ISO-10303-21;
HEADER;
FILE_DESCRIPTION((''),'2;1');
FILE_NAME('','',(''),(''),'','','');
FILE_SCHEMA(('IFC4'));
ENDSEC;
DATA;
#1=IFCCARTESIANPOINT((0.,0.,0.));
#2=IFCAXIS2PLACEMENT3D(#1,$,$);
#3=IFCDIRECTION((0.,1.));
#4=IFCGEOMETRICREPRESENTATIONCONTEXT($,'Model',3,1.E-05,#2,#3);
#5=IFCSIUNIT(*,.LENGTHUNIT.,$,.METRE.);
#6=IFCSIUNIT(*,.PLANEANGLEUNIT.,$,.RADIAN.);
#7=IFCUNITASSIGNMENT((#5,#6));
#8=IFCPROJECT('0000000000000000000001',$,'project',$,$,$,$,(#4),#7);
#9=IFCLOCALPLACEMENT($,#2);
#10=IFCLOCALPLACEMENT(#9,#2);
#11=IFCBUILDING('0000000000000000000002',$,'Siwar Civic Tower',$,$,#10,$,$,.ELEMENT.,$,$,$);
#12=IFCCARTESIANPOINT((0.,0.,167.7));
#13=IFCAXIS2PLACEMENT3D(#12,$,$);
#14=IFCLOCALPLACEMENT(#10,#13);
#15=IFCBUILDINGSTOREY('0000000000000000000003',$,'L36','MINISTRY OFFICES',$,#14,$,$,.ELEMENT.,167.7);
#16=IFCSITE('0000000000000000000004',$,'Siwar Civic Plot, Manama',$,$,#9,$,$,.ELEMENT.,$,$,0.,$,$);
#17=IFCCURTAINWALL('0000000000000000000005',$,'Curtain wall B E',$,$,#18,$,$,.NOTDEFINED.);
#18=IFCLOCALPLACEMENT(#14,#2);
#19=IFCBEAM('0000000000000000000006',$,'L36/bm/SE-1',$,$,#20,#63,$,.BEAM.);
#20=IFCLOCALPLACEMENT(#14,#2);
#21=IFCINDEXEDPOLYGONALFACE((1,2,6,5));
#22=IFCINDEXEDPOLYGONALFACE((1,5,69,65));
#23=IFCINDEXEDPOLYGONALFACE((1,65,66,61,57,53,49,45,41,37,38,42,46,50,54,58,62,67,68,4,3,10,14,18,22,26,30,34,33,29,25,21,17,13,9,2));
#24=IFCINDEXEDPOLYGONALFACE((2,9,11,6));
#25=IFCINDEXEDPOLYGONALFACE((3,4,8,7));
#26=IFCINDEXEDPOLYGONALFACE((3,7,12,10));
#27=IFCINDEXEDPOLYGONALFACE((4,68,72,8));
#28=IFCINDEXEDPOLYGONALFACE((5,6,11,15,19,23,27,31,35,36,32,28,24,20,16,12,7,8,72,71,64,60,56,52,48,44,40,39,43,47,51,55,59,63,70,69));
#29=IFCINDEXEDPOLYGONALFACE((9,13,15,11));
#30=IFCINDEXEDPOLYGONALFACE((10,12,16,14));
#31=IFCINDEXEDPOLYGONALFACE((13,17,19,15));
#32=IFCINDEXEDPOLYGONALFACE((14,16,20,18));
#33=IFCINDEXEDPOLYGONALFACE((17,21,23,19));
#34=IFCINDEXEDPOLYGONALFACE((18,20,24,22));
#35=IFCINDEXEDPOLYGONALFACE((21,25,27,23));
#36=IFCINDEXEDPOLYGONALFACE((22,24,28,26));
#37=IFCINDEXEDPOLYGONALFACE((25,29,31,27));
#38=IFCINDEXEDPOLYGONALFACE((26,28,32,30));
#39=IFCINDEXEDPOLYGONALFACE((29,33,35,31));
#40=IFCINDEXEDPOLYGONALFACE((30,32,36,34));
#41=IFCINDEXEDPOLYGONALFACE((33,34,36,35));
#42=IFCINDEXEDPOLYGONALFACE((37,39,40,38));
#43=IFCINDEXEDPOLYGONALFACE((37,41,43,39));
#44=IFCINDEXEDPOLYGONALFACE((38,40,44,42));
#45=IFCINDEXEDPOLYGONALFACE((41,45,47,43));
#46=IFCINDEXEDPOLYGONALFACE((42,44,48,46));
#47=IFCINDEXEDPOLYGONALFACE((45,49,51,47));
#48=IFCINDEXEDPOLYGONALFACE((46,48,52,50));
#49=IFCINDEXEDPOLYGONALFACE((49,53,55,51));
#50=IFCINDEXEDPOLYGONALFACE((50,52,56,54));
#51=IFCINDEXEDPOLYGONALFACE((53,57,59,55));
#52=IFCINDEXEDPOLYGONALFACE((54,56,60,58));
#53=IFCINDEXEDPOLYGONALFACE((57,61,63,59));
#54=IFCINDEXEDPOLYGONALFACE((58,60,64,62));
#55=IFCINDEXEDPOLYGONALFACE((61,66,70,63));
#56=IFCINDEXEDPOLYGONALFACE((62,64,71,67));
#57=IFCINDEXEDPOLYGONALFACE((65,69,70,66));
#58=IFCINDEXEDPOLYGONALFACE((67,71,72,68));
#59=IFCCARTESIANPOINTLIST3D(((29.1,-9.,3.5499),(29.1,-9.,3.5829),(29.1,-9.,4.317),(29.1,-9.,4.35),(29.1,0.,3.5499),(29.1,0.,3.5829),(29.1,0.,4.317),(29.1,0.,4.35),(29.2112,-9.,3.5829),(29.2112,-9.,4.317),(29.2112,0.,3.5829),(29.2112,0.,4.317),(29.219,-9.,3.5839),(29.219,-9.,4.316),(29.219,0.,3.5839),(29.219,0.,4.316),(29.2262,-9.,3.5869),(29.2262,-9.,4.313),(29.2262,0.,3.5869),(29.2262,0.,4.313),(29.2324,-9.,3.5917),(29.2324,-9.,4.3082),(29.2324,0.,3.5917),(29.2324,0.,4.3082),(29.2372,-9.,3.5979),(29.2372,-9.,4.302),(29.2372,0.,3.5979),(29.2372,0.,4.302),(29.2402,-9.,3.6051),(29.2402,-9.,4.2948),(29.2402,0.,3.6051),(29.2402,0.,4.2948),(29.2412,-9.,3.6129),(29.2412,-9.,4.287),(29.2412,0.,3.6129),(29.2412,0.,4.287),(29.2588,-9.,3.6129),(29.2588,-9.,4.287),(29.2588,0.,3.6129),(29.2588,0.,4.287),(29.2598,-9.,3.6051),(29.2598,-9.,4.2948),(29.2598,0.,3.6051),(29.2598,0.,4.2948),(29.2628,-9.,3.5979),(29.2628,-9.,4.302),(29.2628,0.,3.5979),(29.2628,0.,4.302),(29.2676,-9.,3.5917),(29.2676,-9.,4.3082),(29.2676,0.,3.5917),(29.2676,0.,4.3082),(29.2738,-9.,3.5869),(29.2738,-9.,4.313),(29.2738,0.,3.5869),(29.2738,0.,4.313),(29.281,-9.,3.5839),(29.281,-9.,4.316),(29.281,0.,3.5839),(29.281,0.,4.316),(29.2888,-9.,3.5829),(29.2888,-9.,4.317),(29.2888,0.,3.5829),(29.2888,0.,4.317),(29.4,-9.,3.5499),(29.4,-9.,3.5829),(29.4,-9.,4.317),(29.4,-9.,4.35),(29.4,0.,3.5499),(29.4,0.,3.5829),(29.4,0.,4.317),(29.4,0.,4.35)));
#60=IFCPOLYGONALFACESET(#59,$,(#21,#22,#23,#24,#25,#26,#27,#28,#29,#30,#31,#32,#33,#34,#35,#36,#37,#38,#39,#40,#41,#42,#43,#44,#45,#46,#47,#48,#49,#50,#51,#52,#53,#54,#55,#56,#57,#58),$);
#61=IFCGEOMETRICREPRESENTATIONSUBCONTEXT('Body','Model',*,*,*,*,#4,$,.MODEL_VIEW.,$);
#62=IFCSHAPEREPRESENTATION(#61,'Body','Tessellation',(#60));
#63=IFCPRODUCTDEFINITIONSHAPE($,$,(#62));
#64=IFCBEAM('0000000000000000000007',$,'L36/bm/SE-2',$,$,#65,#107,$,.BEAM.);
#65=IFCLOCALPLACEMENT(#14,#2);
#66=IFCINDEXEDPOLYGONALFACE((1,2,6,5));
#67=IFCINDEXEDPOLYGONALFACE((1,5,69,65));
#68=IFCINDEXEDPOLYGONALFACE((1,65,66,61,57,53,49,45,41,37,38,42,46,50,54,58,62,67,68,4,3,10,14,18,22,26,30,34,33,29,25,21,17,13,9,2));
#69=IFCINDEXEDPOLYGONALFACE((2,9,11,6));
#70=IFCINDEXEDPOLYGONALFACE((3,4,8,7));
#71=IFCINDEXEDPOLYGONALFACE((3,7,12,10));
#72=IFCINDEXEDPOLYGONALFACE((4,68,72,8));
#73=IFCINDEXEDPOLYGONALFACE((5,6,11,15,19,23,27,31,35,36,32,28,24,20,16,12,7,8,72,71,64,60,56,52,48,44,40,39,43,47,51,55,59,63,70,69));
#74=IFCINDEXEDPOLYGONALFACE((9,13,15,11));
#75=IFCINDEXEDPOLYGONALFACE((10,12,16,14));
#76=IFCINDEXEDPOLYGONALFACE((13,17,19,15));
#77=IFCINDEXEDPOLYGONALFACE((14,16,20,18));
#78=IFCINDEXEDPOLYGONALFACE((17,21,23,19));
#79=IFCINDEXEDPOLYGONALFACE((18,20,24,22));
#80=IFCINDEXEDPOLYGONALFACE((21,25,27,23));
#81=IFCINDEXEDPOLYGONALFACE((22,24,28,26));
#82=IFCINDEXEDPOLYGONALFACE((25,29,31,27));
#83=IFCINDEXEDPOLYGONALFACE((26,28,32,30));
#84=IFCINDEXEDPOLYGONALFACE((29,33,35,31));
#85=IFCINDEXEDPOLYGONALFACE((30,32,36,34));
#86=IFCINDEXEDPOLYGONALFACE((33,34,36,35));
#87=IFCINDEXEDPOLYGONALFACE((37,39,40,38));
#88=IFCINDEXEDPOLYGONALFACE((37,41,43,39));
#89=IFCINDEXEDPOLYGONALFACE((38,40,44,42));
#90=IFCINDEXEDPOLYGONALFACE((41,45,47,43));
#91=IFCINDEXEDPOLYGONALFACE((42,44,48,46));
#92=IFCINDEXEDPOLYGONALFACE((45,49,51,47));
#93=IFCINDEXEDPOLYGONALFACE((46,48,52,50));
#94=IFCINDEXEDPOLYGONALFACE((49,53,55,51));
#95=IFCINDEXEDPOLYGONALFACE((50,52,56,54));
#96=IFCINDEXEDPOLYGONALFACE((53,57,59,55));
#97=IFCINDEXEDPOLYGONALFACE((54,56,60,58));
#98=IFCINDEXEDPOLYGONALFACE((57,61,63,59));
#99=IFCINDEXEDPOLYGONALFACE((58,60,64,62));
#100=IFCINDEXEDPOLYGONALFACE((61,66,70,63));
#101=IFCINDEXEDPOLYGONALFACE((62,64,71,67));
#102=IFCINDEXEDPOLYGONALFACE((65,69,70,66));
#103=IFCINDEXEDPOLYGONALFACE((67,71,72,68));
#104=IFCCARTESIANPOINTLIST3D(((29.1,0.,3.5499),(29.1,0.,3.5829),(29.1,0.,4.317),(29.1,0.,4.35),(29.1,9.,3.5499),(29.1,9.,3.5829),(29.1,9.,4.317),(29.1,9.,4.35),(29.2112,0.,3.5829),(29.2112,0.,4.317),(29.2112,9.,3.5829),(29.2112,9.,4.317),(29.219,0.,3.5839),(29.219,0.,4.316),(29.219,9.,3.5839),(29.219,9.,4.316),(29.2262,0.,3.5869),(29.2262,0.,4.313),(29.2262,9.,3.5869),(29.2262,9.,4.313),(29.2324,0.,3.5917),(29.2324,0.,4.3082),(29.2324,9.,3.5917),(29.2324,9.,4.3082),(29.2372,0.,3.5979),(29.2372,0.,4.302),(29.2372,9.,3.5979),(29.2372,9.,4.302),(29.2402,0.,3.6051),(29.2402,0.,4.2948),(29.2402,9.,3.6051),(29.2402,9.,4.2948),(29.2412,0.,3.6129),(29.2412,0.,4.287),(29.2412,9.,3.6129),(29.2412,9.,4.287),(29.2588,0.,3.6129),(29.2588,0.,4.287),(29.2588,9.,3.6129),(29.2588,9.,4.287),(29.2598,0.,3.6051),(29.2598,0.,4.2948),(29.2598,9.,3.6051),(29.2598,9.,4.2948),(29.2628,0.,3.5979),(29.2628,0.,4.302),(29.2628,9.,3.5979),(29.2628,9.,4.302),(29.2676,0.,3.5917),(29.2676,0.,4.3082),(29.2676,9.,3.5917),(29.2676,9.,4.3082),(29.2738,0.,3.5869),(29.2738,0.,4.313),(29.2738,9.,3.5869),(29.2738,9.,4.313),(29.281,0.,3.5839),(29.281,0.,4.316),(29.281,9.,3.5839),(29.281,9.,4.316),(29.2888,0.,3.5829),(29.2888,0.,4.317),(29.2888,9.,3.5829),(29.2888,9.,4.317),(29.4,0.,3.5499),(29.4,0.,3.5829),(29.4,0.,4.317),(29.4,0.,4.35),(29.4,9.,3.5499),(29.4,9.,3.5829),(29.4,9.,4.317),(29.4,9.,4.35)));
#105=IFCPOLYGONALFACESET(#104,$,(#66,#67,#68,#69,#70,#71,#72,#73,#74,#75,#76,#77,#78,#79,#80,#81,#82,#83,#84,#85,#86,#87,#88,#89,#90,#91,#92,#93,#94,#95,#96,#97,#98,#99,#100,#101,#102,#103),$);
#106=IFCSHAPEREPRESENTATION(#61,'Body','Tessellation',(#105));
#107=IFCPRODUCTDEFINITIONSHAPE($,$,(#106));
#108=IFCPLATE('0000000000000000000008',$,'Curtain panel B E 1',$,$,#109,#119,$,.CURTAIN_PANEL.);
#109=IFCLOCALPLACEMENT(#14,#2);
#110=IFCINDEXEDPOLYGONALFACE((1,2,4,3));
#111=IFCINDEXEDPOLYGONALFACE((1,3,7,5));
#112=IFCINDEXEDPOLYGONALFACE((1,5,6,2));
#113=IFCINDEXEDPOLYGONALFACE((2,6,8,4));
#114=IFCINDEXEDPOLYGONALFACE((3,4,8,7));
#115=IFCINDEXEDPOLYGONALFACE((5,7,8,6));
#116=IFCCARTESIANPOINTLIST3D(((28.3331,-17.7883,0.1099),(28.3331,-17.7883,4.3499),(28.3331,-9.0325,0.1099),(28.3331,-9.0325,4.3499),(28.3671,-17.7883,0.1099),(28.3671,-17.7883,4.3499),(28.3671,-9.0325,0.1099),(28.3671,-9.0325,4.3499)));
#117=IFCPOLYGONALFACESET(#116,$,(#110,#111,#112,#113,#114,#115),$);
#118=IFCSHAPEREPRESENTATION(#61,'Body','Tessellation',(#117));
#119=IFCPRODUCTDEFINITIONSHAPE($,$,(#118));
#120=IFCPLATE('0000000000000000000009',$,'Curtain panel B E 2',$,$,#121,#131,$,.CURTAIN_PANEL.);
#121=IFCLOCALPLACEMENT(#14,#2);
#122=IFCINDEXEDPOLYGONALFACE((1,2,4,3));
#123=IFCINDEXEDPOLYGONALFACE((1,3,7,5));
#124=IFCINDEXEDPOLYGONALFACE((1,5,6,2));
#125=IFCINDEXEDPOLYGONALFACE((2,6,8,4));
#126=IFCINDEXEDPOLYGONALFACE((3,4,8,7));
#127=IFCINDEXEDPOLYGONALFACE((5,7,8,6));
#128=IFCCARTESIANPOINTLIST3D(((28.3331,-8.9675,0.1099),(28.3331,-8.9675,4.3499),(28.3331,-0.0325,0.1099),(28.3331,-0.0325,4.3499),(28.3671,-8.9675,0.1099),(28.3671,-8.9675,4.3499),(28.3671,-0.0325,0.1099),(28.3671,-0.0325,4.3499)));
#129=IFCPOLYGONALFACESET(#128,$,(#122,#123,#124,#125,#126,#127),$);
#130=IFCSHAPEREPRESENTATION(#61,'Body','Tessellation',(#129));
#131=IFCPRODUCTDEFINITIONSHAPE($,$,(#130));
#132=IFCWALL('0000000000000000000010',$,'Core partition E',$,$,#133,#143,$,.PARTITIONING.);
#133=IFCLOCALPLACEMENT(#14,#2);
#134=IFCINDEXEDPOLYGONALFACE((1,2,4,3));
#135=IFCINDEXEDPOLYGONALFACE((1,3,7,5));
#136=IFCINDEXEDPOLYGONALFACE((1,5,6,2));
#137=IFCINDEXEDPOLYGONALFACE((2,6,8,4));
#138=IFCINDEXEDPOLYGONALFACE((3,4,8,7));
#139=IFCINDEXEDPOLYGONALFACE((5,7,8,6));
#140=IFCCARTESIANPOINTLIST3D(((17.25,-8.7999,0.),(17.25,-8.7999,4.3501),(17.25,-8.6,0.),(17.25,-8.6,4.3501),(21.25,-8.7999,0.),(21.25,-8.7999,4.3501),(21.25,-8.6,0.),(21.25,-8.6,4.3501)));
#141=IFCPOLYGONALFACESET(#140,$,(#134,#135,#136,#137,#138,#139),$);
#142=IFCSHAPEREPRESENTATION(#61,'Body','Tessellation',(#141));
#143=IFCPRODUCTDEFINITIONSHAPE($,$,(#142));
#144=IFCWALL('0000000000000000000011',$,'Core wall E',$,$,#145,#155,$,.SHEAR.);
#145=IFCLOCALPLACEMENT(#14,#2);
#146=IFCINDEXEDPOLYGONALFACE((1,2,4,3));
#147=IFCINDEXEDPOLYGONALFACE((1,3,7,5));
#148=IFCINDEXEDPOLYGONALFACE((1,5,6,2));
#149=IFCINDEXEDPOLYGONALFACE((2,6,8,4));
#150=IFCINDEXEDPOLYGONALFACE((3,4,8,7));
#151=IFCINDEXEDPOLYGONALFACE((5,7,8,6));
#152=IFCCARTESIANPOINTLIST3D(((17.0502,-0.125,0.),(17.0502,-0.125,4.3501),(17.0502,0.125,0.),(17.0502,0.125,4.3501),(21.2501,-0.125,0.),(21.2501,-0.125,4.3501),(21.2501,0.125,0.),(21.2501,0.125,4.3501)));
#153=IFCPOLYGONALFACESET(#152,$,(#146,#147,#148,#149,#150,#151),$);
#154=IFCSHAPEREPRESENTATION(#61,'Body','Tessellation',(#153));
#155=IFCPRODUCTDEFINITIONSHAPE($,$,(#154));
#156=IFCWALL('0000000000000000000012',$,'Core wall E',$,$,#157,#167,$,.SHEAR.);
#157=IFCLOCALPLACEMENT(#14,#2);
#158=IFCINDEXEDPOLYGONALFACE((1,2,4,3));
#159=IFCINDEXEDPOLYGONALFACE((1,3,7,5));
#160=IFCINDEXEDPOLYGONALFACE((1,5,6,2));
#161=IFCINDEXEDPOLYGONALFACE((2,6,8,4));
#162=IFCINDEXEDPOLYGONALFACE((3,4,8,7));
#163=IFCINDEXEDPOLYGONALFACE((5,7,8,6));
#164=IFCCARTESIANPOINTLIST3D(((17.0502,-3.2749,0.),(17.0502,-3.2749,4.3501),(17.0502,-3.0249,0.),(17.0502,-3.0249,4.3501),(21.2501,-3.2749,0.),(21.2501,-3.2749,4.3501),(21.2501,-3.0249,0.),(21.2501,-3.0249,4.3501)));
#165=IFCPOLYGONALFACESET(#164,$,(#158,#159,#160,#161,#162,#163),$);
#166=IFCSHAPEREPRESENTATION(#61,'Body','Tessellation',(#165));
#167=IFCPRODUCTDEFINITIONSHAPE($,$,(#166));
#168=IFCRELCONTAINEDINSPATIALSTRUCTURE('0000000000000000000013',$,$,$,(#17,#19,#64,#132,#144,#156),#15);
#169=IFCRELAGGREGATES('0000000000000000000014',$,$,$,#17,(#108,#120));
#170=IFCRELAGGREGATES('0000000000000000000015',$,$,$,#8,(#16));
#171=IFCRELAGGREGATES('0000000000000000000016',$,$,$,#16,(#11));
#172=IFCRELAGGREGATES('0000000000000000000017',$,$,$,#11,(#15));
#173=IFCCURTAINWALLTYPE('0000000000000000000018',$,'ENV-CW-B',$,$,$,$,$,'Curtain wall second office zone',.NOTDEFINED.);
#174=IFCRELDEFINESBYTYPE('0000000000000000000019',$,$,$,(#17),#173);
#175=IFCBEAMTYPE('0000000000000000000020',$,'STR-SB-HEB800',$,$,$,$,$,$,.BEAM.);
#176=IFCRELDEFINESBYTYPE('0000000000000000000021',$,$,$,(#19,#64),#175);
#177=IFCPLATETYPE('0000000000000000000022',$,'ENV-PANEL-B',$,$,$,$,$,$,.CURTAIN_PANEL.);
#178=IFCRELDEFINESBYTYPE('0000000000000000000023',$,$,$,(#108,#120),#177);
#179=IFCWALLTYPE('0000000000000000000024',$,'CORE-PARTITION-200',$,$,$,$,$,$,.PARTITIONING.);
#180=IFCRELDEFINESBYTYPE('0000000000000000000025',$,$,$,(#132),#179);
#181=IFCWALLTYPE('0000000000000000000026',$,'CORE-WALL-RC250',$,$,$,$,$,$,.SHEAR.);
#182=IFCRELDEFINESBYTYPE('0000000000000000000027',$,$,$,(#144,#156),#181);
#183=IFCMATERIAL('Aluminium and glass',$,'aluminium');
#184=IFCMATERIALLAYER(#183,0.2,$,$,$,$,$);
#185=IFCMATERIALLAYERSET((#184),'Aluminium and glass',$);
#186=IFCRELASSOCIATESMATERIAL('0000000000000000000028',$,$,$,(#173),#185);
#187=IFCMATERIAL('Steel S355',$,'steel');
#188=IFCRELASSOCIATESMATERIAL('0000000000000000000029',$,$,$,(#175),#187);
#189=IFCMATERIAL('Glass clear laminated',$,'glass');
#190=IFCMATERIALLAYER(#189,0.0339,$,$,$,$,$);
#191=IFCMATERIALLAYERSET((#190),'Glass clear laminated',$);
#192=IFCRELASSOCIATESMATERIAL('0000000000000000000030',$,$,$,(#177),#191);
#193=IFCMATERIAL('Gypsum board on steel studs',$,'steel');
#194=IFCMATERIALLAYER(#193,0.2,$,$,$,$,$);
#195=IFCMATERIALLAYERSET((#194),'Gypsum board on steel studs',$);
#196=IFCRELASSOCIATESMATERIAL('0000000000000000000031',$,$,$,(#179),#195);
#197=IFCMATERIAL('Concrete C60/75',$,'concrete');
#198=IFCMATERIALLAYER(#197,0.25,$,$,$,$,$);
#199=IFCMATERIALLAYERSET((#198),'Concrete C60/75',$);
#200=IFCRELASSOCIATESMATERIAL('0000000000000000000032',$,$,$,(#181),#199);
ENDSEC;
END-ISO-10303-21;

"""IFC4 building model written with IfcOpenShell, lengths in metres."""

from ifc_helpers import new_model, si_unit, direction, frame, frame_2d, origin, origin_2d, place, context, subcontext, project, spatial, rectangle, i_section, extrude, material, layer, layer_set, material_profile, profile_set, type_object, element, aggregate, save


model = new_model("IFC4")

# Units and contexts
model_context = context("Model", 3, precision=1e-05, world=origin(), true_north=direction((0.0, 1.0)))
body_context = subcontext(model_context, "Body", "Model", "MODEL_VIEW")
ifc_project = project(units=[si_unit("LENGTHUNIT", "METRE"), si_unit("PLANEANGLEUNIT", "RADIAN")], contexts=[model_context])

# Site, building, storey
site_placement = place(None, origin())
site = spatial("IfcSite", under=ifc_project, at=site_placement, Name="Siwar Civic Plot, Manama", CompositionType="ELEMENT", RefElevation=0.0)
building_placement = place(site_placement, origin())
building = spatial("IfcBuilding", under=site, at=building_placement, Name="Siwar Civic Tower", CompositionType="ELEMENT")
storey_placement = place(building_placement, frame((0.0, 0.0, 167.7)))
storey = spatial("IfcBuildingStorey", under=building, at=storey_placement, Name="L36", Description="MINISTRY OFFICES", CompositionType="ELEMENT", Elevation=167.7)

# Curtain wall
ifc_material_1 = material(Name="Aluminium and glass", Category="aluminium")
ifc_layer_1 = layer(ifc_material_1, 0.2)
ifc_layer_set_1 = layer_set([ifc_layer_1], Name="Aluminium and glass")
curtain_wall_type = type_object("IfcCurtainWallType", Name="ENV-CW-B", ElementType="Curtain wall second office zone", PredefinedType="NOTDEFINED", material=ifc_layer_set_1)
curtain_wall_placement = place(storey_placement, origin())
curtain_wall = element("IfcCurtainWall", 1, at=curtain_wall_placement, inside=storey, type_object=curtain_wall_type, Name="Curtain wall B E", PredefinedType="NOTDEFINED")

# Beams
ifc_material_2 = material(Name="Steel S355", Category="steel")
ifc_material_profile_1 = material_profile(ifc_material_2, i_section(OverallWidth=0.3, OverallDepth=0.8, WebThickness=0.0176, FlangeThickness=0.033, FilletRadius=0.03, at=origin_2d()), Name="HEB800")
ifc_profile_set_1 = profile_set([ifc_material_profile_1], Name="Steel S355")
beam_type_1 = type_object("IfcBeamType", Name="STR-SB-HEB800", PredefinedType="BEAM", material=ifc_profile_set_1)
for number, where, z_axis, x_axis, name in (
    (2, (29.25, -9.0, 3.95), (0.0, 1.0, 0.0), (-1.0, 0.0, 0.0), "L36/bm/SE-1"),
    (3, (29.25, 0.0, 3.95), (0.0, 1.0, 0.0), (-1.0, 0.0, 0.0), "L36/bm/SE-2"),
):
    element("IfcBeam", number, at=place(storey_placement, frame(where, z_axis=z_axis, x_axis=x_axis)), inside=storey, type_object=beam_type_1, Name=name, PredefinedType="BEAM", context=body_context, shape_type="SweptSolid", body=[
        extrude(i_section(OverallWidth=0.3, OverallDepth=0.8, WebThickness=0.0176, FlangeThickness=0.033, FilletRadius=0.03, at=origin_2d()), origin(), (0.0, 0.0, 1.0), 9.0),
    ])

# Plates
ifc_material_3 = material(Name="Glass clear laminated", Category="glass")
ifc_layer_2 = layer(ifc_material_3, 0.0339)
ifc_layer_set_2 = layer_set([ifc_layer_2], Name="Glass clear laminated")
plate_type = type_object("IfcPlateType", Name="ENV-PANEL-B", PredefinedType="CURTAIN_PANEL", material=ifc_layer_set_2)
plate_1_placement = place(storey_placement, frame((28.3501, -13.4104, 0.1099), z_axis=(0.0, 0.0, 1.0), x_axis=(0.0, 1.0, 0.0)))
plate_1 = element("IfcPlate", 4, at=plate_1_placement, type_object=plate_type, Name="Curtain panel B E 1", PredefinedType="CURTAIN_PANEL", context=body_context, shape_type="SweptSolid", body=[
    extrude(rectangle(XDim=8.7559, YDim=0.0339, at=origin_2d()), origin(), (0.0, 0.0, 1.0), 4.24),
])
plate_2_placement = place(storey_placement, frame((28.3501, -4.5, 0.1099), z_axis=(0.0, 0.0, 1.0), x_axis=(0.0, 1.0, 0.0)))
plate_2 = element("IfcPlate", 5, at=plate_2_placement, type_object=plate_type, Name="Curtain panel B E 2", PredefinedType="CURTAIN_PANEL", context=body_context, shape_type="SweptSolid", body=[
    extrude(rectangle(XDim=8.9351, YDim=0.0339, at=origin_2d()), origin(), (0.0, 0.0, 1.0), 4.24),
])
aggregate(curtain_wall, [plate_1, plate_2])

# Walls
ifc_material_4 = material(Name="Gypsum board on steel studs", Category="steel")
ifc_layer_3 = layer(ifc_material_4, 0.2)
ifc_layer_set_3 = layer_set([ifc_layer_3], Name="Gypsum board on steel studs")
wall_type_1 = type_object("IfcWallType", Name="CORE-PARTITION-200", PredefinedType="PARTITIONING", material=ifc_layer_set_3)
wall_1_placement = place(storey_placement, frame((17.25, -8.7, 0.0), z_axis=(0.0, 0.0, 1.0), x_axis=(1.0, 0.0, 0.0)))
element("IfcWall", 6, at=wall_1_placement, inside=storey, type_object=wall_type_1, Name="Core partition E", PredefinedType="PARTITIONING", context=body_context, shape_type="SweptSolid", body=[
    extrude(rectangle(XDim=4.0, YDim=0.2, at=frame_2d((2.0, 0.0))), origin(), (0.0, 0.0, 1.0), 4.3501),
])
ifc_material_5 = material(Name="Concrete C60/75", Category="concrete")
ifc_layer_4 = layer(ifc_material_5, 0.25)
ifc_layer_set_4 = layer_set([ifc_layer_4], Name="Concrete C60/75")
wall_type_2 = type_object("IfcWallType", Name="CORE-WALL-RC250", PredefinedType="SHEAR", material=ifc_layer_set_4)
for number, where, z_axis, x_axis, name in (
    (7, (17.05, 0.0, 0.0), (0.0, 0.0, 1.0), (1.0, 0.0, 0.0), "Core wall E"),
    (8, (17.05, -3.1499, 0.0), (0.0, 0.0, 1.0), (1.0, 0.0, 0.0), "Core wall E"),
):
    element("IfcWall", number, at=place(storey_placement, frame(where, z_axis=z_axis, x_axis=x_axis)), inside=storey, type_object=wall_type_2, Name=name, PredefinedType="SHEAR", context=body_context, shape_type="SweptSolid", body=[
        extrude(rectangle(XDim=4.2, YDim=0.25, at=frame_2d((2.1001, 0.0))), origin(), (0.0, 0.0, 1.0), 4.3501),
    ])

save(model, "model.ifc")
